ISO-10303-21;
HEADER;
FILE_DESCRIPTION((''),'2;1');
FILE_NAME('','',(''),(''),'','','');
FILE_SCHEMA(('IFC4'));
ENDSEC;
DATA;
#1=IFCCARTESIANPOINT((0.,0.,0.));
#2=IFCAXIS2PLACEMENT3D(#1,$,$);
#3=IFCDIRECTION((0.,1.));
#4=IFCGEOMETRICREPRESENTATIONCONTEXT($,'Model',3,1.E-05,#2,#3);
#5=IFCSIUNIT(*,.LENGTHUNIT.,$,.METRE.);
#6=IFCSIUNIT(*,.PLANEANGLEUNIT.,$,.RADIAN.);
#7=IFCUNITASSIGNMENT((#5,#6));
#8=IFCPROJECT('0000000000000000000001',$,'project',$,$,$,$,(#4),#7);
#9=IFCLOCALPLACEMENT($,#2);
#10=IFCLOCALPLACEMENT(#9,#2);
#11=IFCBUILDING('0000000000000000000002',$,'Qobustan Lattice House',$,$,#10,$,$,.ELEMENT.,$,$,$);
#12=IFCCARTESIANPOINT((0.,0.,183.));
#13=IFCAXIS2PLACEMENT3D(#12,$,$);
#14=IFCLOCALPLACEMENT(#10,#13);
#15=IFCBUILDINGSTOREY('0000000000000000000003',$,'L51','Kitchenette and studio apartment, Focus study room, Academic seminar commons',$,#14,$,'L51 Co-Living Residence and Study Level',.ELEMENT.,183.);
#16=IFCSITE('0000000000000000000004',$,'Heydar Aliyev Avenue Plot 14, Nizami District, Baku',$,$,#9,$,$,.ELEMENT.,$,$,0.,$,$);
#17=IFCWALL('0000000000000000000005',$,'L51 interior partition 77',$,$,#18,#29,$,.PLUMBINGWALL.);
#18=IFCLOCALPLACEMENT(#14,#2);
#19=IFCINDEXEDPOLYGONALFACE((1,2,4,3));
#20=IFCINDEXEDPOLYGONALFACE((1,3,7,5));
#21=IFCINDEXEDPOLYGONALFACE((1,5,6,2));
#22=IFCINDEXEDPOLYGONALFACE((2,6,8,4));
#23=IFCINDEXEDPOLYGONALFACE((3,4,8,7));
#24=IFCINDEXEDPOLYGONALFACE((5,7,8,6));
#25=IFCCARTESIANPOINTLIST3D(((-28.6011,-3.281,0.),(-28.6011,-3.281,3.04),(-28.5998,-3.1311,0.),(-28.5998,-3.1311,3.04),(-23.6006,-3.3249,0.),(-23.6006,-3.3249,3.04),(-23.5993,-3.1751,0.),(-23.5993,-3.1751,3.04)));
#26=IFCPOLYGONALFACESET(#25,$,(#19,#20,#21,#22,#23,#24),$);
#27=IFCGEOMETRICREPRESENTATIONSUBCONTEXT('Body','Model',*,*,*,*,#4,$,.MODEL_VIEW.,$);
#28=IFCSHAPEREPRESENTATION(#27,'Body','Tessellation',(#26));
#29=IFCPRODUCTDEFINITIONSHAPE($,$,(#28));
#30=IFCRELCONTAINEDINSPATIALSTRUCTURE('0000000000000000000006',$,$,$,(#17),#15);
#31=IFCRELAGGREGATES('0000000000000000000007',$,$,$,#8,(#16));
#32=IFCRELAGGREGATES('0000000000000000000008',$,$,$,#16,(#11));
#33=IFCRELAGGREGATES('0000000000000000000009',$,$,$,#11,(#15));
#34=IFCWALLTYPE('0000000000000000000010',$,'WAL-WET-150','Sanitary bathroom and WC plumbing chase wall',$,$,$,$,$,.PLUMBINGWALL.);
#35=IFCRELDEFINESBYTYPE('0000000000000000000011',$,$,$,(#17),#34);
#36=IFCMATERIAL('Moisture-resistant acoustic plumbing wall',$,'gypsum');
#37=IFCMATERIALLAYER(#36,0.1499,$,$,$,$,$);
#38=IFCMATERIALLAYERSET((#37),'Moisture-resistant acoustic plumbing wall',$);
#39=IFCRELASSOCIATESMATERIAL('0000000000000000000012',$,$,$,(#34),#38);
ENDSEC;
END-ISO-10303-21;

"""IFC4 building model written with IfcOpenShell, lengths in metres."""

from ifc_helpers import new_model, si_unit, direction, frame, frame_2d, origin, place, context, subcontext, project, spatial, rectangle, extrude, material, layer, layer_set, type_object, element, save


model = new_model("IFC4")

# Units and contexts
model_context = context("Model", 3, precision=1e-05, world=origin(), true_north=direction((0.0, 1.0)))
body_context = subcontext(model_context, "Body", "Model", "MODEL_VIEW")
ifc_project = project(units=[si_unit("LENGTHUNIT", "METRE"), si_unit("PLANEANGLEUNIT", "RADIAN")], contexts=[model_context])

# Site, building, storey
site_placement = place(None, origin())
site = spatial("IfcSite", under=ifc_project, at=site_placement, Name="Heydar Aliyev Avenue Plot 14, Nizami District, Baku", CompositionType="ELEMENT", RefElevation=0.0)
building_placement = place(site_placement, origin())
building = spatial("IfcBuilding", under=site, at=building_placement, Name="Qobustan Lattice House", CompositionType="ELEMENT")
storey_placement = place(building_placement, frame((0.0, 0.0, 183.0)))
storey = spatial("IfcBuildingStorey", under=building, at=storey_placement, Name="L51", Description="Kitchenette and studio apartment, Focus study room, Academic seminar commons", LongName="L51 Co-Living Residence and Study Level", CompositionType="ELEMENT", Elevation=183.0)

# Shared definitions
ifc_material_1 = material(Name="Moisture-resistant acoustic plumbing wall", Category="gypsum")
ifc_layer_1 = layer(ifc_material_1, 0.1499)
ifc_layer_set_1 = layer_set([ifc_layer_1], Name="Moisture-resistant acoustic plumbing wall")
wall_type_1 = type_object("IfcWallType", Name="WAL-WET-150", Description="Sanitary bathroom and WC plumbing chase wall", PredefinedType="PLUMBINGWALL", material=ifc_layer_set_1)

# Wall
wall_1_placement = place(storey_placement, frame((-28.6006, -3.2061, 0.0), z_axis=(0.0, 0.0, 1.0), x_axis=(0.999961, -0.008788, 0.0)))
element("IfcWall", 1, at=wall_1_placement, inside=storey, type_object=wall_type_1, Name="L51 interior partition 77", PredefinedType="PLUMBINGWALL", context=body_context, shape_type="SweptSolid", body=[
    extrude(rectangle(XDim=5.0007, YDim=0.1499, at=frame_2d((2.5005, 0.0))), origin(), (0.0, 0.0, 1.0), 3.04),
])

save(model, "model.ifc")
